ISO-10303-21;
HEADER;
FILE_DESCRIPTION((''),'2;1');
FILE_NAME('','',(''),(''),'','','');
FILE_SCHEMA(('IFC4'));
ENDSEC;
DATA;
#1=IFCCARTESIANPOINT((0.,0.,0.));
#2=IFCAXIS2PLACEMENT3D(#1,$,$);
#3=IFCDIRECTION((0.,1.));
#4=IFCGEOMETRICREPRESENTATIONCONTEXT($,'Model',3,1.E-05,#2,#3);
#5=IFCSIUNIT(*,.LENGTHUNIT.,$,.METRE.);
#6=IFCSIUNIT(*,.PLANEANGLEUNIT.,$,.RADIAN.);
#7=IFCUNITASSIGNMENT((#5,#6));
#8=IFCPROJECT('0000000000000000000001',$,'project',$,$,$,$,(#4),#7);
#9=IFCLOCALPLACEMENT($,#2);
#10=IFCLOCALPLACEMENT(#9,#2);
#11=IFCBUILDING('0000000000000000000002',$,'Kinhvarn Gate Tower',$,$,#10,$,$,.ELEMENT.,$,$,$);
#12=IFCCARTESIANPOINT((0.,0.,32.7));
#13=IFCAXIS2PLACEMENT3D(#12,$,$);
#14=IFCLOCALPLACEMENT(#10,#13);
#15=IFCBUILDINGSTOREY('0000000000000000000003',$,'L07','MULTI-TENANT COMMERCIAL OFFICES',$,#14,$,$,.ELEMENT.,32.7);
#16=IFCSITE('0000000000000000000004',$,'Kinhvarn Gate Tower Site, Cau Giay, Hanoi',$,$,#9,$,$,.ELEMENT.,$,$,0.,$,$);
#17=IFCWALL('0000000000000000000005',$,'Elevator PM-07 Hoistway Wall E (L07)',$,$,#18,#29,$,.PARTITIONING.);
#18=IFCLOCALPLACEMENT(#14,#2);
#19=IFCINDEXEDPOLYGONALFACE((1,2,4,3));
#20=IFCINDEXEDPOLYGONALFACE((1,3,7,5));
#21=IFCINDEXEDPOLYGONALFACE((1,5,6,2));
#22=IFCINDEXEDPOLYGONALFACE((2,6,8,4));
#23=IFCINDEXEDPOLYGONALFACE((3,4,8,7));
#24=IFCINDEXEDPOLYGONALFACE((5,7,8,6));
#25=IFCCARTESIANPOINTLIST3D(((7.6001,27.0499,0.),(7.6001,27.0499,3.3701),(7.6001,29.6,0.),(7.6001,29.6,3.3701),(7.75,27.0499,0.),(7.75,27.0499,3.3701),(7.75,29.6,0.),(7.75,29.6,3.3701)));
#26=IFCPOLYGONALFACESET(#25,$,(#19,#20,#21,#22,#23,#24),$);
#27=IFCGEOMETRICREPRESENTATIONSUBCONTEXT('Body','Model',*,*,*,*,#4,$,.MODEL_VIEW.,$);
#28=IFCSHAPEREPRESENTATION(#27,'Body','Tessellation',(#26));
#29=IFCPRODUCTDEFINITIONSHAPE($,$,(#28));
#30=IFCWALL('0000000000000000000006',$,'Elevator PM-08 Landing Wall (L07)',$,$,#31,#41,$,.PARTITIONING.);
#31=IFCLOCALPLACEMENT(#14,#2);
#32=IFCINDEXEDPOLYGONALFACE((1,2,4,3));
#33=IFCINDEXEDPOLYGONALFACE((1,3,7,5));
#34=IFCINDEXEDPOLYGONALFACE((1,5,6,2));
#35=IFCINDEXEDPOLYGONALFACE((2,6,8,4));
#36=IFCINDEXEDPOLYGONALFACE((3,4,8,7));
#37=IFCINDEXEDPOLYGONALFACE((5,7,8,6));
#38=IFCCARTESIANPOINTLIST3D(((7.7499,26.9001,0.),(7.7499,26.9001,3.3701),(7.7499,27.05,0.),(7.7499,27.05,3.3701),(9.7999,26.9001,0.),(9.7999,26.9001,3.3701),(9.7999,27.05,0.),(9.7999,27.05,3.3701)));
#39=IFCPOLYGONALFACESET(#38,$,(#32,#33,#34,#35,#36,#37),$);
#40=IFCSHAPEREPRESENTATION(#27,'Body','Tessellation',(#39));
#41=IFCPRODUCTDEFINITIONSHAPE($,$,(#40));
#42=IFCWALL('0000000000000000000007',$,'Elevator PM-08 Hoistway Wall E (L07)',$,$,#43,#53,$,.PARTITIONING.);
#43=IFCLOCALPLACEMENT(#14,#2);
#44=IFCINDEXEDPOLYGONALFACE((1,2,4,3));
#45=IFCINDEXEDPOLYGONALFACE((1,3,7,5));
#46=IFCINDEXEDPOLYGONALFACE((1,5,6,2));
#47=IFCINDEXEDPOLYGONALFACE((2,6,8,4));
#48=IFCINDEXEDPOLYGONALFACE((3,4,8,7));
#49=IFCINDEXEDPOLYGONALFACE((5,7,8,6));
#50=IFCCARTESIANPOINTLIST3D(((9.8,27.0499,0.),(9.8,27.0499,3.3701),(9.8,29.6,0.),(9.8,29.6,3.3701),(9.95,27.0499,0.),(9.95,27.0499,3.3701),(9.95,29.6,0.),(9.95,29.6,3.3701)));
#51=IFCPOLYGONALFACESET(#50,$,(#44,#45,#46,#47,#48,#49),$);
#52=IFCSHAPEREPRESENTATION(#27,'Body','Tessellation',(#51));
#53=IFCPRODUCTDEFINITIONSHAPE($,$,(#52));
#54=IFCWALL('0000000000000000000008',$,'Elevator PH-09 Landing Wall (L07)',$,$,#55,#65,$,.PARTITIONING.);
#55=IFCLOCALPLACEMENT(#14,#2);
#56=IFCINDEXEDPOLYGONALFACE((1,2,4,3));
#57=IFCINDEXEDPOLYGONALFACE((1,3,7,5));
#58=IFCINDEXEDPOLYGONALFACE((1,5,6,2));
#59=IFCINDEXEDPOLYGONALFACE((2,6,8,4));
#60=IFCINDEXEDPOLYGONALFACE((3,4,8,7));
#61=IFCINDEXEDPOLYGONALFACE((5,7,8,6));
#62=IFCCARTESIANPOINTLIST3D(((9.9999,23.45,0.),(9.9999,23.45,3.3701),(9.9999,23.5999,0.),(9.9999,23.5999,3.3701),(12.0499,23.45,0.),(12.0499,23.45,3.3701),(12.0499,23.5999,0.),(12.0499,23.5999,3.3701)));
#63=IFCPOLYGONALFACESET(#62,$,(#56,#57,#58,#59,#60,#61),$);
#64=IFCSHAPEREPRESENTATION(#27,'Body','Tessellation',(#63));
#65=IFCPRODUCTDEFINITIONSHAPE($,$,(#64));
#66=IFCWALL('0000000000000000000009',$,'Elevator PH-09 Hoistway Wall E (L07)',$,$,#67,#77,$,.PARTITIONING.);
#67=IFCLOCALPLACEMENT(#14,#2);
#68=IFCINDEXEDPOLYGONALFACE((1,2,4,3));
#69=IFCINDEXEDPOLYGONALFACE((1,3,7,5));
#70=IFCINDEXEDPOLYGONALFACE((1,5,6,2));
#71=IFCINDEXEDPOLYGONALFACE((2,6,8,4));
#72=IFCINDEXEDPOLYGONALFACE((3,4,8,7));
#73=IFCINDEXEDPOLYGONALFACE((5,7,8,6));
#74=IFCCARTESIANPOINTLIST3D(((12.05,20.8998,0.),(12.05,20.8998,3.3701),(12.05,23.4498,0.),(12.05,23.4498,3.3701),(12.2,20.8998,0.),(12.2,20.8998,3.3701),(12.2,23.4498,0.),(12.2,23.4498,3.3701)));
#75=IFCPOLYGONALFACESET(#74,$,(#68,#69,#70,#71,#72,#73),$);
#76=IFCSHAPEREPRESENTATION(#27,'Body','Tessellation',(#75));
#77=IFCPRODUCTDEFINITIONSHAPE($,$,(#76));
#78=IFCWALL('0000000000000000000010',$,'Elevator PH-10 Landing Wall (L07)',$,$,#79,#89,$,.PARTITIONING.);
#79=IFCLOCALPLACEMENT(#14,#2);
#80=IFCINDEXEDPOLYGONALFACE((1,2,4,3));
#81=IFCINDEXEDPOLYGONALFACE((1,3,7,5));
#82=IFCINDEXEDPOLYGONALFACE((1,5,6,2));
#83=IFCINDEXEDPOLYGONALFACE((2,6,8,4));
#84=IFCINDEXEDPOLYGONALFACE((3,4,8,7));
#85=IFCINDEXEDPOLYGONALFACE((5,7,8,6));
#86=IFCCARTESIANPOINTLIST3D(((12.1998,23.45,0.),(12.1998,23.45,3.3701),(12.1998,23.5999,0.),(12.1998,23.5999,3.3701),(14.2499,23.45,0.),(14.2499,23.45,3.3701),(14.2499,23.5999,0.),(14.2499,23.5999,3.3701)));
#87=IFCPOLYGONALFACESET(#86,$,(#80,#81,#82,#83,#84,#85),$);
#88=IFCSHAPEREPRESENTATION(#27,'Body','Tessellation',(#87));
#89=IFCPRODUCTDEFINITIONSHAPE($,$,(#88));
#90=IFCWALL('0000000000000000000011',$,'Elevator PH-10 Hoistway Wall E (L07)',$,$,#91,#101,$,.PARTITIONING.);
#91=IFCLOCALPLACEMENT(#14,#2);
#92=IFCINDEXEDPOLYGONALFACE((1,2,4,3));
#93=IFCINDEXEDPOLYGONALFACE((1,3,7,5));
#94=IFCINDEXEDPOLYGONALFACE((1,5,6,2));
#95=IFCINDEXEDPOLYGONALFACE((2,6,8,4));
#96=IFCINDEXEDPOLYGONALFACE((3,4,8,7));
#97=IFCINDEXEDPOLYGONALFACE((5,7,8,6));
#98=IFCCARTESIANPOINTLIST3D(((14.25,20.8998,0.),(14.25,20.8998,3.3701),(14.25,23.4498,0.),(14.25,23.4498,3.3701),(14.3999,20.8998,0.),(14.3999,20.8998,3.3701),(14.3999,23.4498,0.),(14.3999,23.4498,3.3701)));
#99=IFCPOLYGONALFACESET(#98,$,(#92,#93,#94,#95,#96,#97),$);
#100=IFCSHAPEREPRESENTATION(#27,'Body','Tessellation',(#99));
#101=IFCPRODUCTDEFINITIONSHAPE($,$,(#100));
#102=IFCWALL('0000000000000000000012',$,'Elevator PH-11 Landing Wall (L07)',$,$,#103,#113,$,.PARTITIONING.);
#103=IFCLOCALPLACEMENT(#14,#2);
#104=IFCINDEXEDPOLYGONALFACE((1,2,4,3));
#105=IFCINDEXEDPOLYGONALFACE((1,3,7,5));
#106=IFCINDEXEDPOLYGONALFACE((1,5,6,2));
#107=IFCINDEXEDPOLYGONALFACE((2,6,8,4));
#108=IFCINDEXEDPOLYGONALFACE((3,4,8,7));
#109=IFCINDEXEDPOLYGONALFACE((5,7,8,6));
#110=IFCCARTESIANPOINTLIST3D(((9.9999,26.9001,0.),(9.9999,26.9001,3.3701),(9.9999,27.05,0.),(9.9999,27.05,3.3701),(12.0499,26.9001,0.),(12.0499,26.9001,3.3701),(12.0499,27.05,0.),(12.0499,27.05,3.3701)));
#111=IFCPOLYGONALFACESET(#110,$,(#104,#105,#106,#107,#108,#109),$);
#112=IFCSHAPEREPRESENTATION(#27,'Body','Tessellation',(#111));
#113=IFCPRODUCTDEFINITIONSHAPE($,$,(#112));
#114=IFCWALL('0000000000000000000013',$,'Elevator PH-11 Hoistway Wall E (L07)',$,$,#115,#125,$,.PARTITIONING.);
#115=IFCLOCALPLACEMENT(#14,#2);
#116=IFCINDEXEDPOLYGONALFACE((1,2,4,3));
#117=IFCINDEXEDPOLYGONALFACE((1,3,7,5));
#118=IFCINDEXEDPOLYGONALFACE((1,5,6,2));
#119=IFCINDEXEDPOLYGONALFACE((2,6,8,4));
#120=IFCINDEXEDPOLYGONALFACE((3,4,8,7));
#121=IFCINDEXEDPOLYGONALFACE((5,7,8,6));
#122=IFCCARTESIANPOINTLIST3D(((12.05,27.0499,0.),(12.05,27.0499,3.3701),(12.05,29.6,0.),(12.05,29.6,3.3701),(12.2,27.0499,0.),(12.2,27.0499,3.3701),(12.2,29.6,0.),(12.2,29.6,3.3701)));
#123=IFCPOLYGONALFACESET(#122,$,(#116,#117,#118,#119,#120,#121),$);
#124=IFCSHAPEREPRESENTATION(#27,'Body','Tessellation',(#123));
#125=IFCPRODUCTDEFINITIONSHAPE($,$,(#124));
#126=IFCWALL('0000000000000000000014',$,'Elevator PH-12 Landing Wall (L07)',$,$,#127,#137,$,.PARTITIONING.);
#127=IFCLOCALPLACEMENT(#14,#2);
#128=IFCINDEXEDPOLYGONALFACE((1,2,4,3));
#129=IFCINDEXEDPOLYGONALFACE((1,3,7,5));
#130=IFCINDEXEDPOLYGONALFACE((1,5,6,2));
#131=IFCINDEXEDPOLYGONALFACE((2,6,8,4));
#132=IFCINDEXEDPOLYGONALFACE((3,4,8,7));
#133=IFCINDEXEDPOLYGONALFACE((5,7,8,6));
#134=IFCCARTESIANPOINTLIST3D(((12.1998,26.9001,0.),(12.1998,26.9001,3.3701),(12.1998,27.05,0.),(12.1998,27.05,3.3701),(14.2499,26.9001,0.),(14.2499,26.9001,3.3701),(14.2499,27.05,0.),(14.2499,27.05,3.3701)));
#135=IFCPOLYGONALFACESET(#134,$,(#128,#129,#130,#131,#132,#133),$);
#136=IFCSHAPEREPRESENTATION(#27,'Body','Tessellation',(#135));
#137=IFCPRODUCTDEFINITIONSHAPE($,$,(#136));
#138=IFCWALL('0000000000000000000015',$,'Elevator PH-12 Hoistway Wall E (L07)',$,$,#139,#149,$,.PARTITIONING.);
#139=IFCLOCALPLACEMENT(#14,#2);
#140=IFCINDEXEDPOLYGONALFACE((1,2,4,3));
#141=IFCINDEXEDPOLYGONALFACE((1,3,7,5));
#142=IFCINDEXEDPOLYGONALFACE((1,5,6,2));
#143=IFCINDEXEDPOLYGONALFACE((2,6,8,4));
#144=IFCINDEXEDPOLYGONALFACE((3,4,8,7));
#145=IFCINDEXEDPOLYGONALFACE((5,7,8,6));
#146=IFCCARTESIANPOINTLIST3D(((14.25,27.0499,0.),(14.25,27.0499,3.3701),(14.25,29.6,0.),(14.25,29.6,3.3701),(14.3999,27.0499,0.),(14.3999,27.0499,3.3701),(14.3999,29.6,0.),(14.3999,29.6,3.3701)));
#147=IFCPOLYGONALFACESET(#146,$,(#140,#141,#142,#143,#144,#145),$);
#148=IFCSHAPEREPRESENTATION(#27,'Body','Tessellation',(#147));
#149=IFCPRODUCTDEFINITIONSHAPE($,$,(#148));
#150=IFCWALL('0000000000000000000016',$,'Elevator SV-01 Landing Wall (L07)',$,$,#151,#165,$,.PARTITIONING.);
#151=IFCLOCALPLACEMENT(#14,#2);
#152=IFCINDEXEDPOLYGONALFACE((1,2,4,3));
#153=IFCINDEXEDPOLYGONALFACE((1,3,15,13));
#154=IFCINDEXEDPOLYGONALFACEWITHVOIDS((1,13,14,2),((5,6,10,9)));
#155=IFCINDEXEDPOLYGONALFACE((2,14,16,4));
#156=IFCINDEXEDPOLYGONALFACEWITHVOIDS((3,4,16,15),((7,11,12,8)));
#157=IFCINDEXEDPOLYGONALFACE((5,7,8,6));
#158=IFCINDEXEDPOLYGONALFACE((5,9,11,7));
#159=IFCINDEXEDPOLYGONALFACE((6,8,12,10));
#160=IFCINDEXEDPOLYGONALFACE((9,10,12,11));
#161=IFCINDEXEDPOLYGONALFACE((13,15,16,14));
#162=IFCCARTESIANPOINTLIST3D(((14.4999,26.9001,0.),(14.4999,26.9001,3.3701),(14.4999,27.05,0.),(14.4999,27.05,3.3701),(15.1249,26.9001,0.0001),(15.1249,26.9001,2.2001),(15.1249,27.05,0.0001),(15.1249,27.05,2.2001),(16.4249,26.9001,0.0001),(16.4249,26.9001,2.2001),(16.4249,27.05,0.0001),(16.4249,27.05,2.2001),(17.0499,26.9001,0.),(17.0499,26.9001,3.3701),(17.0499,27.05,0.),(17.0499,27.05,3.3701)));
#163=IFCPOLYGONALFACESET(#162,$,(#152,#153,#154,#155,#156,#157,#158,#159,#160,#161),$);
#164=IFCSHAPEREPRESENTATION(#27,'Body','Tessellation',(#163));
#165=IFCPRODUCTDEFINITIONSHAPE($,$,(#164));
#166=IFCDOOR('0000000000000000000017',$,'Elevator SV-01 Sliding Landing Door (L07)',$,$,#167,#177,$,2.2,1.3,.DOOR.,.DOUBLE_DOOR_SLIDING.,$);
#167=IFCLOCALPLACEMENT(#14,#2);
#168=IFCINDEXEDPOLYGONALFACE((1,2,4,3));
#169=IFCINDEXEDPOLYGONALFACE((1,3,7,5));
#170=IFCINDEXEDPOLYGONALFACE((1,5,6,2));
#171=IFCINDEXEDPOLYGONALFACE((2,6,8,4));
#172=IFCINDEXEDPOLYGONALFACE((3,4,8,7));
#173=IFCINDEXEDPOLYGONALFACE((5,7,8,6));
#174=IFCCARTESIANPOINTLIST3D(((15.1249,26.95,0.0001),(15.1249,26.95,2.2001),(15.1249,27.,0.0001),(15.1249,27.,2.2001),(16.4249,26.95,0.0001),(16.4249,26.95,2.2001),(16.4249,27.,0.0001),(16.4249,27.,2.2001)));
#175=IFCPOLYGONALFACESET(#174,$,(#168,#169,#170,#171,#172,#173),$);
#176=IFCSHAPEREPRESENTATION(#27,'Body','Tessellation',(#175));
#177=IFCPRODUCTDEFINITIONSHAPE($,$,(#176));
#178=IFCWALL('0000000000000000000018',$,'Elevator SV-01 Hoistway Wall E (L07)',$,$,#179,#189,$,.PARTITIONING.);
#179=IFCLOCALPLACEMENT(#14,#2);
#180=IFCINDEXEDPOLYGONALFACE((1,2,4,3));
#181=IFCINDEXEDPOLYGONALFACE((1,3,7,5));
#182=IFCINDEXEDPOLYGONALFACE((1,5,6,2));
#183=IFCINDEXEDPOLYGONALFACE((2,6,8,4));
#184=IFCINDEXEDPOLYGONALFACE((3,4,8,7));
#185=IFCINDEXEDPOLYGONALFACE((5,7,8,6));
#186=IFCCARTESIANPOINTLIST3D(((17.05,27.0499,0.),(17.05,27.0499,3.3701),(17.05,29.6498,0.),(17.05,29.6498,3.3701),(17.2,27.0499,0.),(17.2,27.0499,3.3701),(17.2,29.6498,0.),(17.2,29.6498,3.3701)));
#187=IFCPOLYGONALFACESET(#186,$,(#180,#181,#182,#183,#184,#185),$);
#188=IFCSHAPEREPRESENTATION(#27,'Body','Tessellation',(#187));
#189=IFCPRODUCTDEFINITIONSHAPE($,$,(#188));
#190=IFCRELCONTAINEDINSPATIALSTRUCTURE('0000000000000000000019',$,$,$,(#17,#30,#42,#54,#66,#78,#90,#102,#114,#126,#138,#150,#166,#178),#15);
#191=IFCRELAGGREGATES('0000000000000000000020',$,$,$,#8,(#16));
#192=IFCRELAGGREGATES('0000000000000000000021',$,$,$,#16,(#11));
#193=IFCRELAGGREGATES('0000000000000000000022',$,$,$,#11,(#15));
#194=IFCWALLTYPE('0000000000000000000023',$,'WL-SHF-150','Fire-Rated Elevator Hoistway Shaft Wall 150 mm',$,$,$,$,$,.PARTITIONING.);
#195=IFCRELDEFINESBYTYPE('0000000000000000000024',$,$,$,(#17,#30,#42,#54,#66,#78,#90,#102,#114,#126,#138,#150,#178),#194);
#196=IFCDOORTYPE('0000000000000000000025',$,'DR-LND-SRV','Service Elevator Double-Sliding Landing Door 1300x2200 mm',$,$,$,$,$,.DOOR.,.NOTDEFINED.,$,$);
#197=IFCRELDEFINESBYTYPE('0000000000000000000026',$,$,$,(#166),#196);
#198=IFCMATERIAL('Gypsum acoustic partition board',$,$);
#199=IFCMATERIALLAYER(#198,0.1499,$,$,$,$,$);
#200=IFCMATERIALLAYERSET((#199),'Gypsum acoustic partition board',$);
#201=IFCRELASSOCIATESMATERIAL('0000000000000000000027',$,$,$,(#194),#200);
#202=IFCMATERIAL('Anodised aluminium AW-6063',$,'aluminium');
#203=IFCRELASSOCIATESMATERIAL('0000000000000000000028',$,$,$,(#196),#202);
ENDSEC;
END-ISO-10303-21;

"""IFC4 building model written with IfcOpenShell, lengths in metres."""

from ifc_helpers import new_model, si_unit, direction, frame, frame_2d, origin, place, context, subcontext, project, spatial, rectangle, extrude, material, layer, layer_set, type_object, element, fill, save


model = new_model("IFC4")

# Units and contexts
model_context = context("Model", 3, precision=1e-05, world=origin(), true_north=direction((0.0, 1.0)))
body_context = subcontext(model_context, "Body", "Model", "MODEL_VIEW")
ifc_project = project(units=[si_unit("LENGTHUNIT", "METRE"), si_unit("PLANEANGLEUNIT", "RADIAN")], contexts=[model_context])

# Site, building, storey
site_placement = place(None, origin())
site = spatial("IfcSite", under=ifc_project, at=site_placement, Name="Kinhvarn Gate Tower Site, Cau Giay, Hanoi", CompositionType="ELEMENT", RefElevation=0.0)
building_placement = place(site_placement, origin())
building = spatial("IfcBuilding", under=site, at=building_placement, Name="Kinhvarn Gate Tower", CompositionType="ELEMENT")
storey_placement = place(building_placement, frame((0.0, 0.0, 32.7)))
storey = spatial("IfcBuildingStorey", under=building, at=storey_placement, Name="L07", Description="MULTI-TENANT COMMERCIAL OFFICES", CompositionType="ELEMENT", Elevation=32.7)

# Shared definitions
ifc_material_1 = material(Name="Gypsum acoustic partition board")
ifc_material_2 = material(Name="Anodised aluminium AW-6063", Category="aluminium")

# Walls
ifc_layer_1 = layer(ifc_material_1, 0.1499)
ifc_layer_set_1 = layer_set([ifc_layer_1], Name="Gypsum acoustic partition board")
wall_type_1 = type_object("IfcWallType", Name="WL-SHF-150", Description="Fire-Rated Elevator Hoistway Shaft Wall 150 mm", PredefinedType="PARTITIONING", material=ifc_layer_set_1)
for number, where, z_axis, x_axis, name in (
    (1, (7.675, 27.05, 0.0), (0.0, 0.0, 1.0), (0.0, 1.0, 0.0), "Elevator PM-07 Hoistway Wall E (L07)"),
):
    element("IfcWall", number, at=place(storey_placement, frame(where, z_axis=z_axis, x_axis=x_axis)), inside=storey, type_object=wall_type_1, Name=name, PredefinedType="PARTITIONING", context=body_context, shape_type="SweptSolid", body=[
        extrude(rectangle(XDim=2.55, YDim=0.1499, at=frame_2d((1.2749, 0.0))), origin(), (0.0, 0.0, 1.0), 3.3701),
    ])
wall_1_placement = place(storey_placement, frame((7.75, 26.9751, 0.0), z_axis=(0.0, 0.0, 1.0), x_axis=(1.0, 0.0, 0.0)))
element("IfcWall", 2, at=wall_1_placement, inside=storey, type_object=wall_type_1, Name="Elevator PM-08 Landing Wall (L07)", PredefinedType="PARTITIONING", context=body_context, shape_type="SweptSolid", body=[
    extrude(rectangle(XDim=2.05, YDim=0.1499, at=frame_2d((1.0249, 0.0))), origin(), (0.0, 0.0, 1.0), 3.3701),
])
wall_2_placement = place(storey_placement, frame((9.875, 27.05, 0.0), z_axis=(0.0, 0.0, 1.0), x_axis=(0.0, 1.0, 0.0)))
element("IfcWall", 3, at=wall_2_placement, inside=storey, type_object=wall_type_1, Name="Elevator PM-08 Hoistway Wall E (L07)", PredefinedType="PARTITIONING", context=body_context, shape_type="SweptSolid", body=[
    extrude(rectangle(XDim=2.55, YDim=0.1499, at=frame_2d((1.2749, 0.0))), origin(), (0.0, 0.0, 1.0), 3.3701),
])
wall_3_placement = place(storey_placement, frame((10.0, 23.5249, 0.0), z_axis=(0.0, 0.0, 1.0), x_axis=(1.0, 0.0, 0.0)))
element("IfcWall", 4, at=wall_3_placement, inside=storey, type_object=wall_type_1, Name="Elevator PH-09 Landing Wall (L07)", PredefinedType="PARTITIONING", context=body_context, shape_type="SweptSolid", body=[
    extrude(rectangle(XDim=2.05, YDim=0.1499, at=frame_2d((1.0249, 0.0))), origin(), (0.0, 0.0, 1.0), 3.3701),
])
wall_4_placement = place(storey_placement, frame((12.125, 20.8999, 0.0), z_axis=(0.0, 0.0, 1.0), x_axis=(0.0, 1.0, 0.0)))
element("IfcWall", 5, at=wall_4_placement, inside=storey, type_object=wall_type_1, Name="Elevator PH-09 Hoistway Wall E (L07)", PredefinedType="PARTITIONING", context=body_context, shape_type="SweptSolid", body=[
    extrude(rectangle(XDim=2.55, YDim=0.1499, at=frame_2d((1.2749, 0.0))), origin(), (0.0, 0.0, 1.0), 3.3701),
])
wall_5_placement = place(storey_placement, frame((12.2, 23.5249, 0.0), z_axis=(0.0, 0.0, 1.0), x_axis=(1.0, 0.0, 0.0)))
element("IfcWall", 6, at=wall_5_placement, inside=storey, type_object=wall_type_1, Name="Elevator PH-10 Landing Wall (L07)", PredefinedType="PARTITIONING", context=body_context, shape_type="SweptSolid", body=[
    extrude(rectangle(XDim=2.05, YDim=0.1499, at=frame_2d((1.0249, 0.0))), origin(), (0.0, 0.0, 1.0), 3.3701),
])
wall_6_placement = place(storey_placement, frame((14.325, 20.8999, 0.0), z_axis=(0.0, 0.0, 1.0), x_axis=(0.0, 1.0, 0.0)))
element("IfcWall", 7, at=wall_6_placement, inside=storey, type_object=wall_type_1, Name="Elevator PH-10 Hoistway Wall E (L07)", PredefinedType="PARTITIONING", context=body_context, shape_type="SweptSolid", body=[
    extrude(rectangle(XDim=2.55, YDim=0.1499, at=frame_2d((1.2749, 0.0))), origin(), (0.0, 0.0, 1.0), 3.3701),
])
wall_7_placement = place(storey_placement, frame((10.0, 26.9751, 0.0), z_axis=(0.0, 0.0, 1.0), x_axis=(1.0, 0.0, 0.0)))
element("IfcWall", 8, at=wall_7_placement, inside=storey, type_object=wall_type_1, Name="Elevator PH-11 Landing Wall (L07)", PredefinedType="PARTITIONING", context=body_context, shape_type="SweptSolid", body=[
    extrude(rectangle(XDim=2.05, YDim=0.1499, at=frame_2d((1.0249, 0.0))), origin(), (0.0, 0.0, 1.0), 3.3701),
])
wall_8_placement = place(storey_placement, frame((12.125, 27.05, 0.0), z_axis=(0.0, 0.0, 1.0), x_axis=(0.0, 1.0, 0.0)))
element("IfcWall", 9, at=wall_8_placement, inside=storey, type_object=wall_type_1, Name="Elevator PH-11 Hoistway Wall E (L07)", PredefinedType="PARTITIONING", context=body_context, shape_type="SweptSolid", body=[
    extrude(rectangle(XDim=2.55, YDim=0.1499, at=frame_2d((1.2749, 0.0))), origin(), (0.0, 0.0, 1.0), 3.3701),
])
wall_9_placement = place(storey_placement, frame((12.2, 26.9751, 0.0), z_axis=(0.0, 0.0, 1.0), x_axis=(1.0, 0.0, 0.0)))
element("IfcWall", 10, at=wall_9_placement, inside=storey, type_object=wall_type_1, Name="Elevator PH-12 Landing Wall (L07)", PredefinedType="PARTITIONING", context=body_context, shape_type="SweptSolid", body=[
    extrude(rectangle(XDim=2.05, YDim=0.1499, at=frame_2d((1.0249, 0.0))), origin(), (0.0, 0.0, 1.0), 3.3701),
])
wall_10_placement = place(storey_placement, frame((14.325, 27.05, 0.0), z_axis=(0.0, 0.0, 1.0), x_axis=(0.0, 1.0, 0.0)))
element("IfcWall", 11, at=wall_10_placement, inside=storey, type_object=wall_type_1, Name="Elevator PH-12 Hoistway Wall E (L07)", PredefinedType="PARTITIONING", context=body_context, shape_type="SweptSolid", body=[
    extrude(rectangle(XDim=2.55, YDim=0.1499, at=frame_2d((1.2749, 0.0))), origin(), (0.0, 0.0, 1.0), 3.3701),
])

# Wall, opening, door
wall_11_placement = place(storey_placement, frame((14.5, 26.9751, 0.0), z_axis=(0.0, 0.0, 1.0), x_axis=(1.0, 0.0, 0.0)))
wall_11 = element("IfcWall", 12, at=wall_11_placement, inside=storey, type_object=wall_type_1, Name="Elevator SV-01 Landing Wall (L07)", PredefinedType="PARTITIONING", context=body_context, shape_type="SweptSolid", body=[
    extrude(rectangle(XDim=2.55, YDim=0.1499, at=frame_2d((1.2749, 0.0))), origin(), (0.0, 0.0, 1.0), 3.3701),
])
opening_1_placement = place(wall_11_placement, frame((0.625, 0.0, 0.0)))
opening_1 = element("IfcOpeningElement", 13, at=opening_1_placement, cuts=wall_11, PredefinedType="OPENING", context=body_context, shape_type="SweptSolid", body=[
    extrude(rectangle(XDim=1.3, YDim=2.2, at=frame_2d((0.6499, 1.1001))), frame((0.0, 0.085, 0.0), z_axis=(0.0, -1.0, 0.0), x_axis=(1.0, 0.0, 0.0)), (0.0, 0.0, 1.0), 0.1699),
])
door_type_1 = type_object("IfcDoorType", Name="DR-LND-SRV", Description="Service Elevator Double-Sliding Landing Door 1300x2200 mm", OperationType="NOTDEFINED", PredefinedType="DOOR", material=ifc_material_2)
door_1_placement = place(opening_1_placement, origin())
door_1 = element("IfcDoor", 14, at=door_1_placement, inside=storey, type_object=door_type_1, Name="Elevator SV-01 Sliding Landing Door (L07)", OperationType="DOUBLE_DOOR_SLIDING", OverallHeight=2.2, OverallWidth=1.3, PredefinedType="DOOR", context=body_context, shape_type="SweptSolid", body=[
    extrude(rectangle(XDim=1.3, YDim=2.2, at=frame_2d((0.6499, 1.1001))), frame((0.0, 0.0249, 0.0), z_axis=(0.0, -1.0, 0.0), x_axis=(1.0, 0.0, 0.0)), (0.0, 0.0, 1.0), 0.05),
])
fill(opening_1, door_1)

# Wall
wall_12_placement = place(storey_placement, frame((17.125, 27.05, 0.0), z_axis=(0.0, 0.0, 1.0), x_axis=(0.0, 1.0, 0.0)))
element("IfcWall", 15, at=wall_12_placement, inside=storey, type_object=wall_type_1, Name="Elevator SV-01 Hoistway Wall E (L07)", PredefinedType="PARTITIONING", context=body_context, shape_type="SweptSolid", body=[
    extrude(rectangle(XDim=2.5999, YDim=0.1499, at=frame_2d((1.2998, 0.0))), origin(), (0.0, 0.0, 1.0), 3.3701),
])

save(model, "model.ifc")
